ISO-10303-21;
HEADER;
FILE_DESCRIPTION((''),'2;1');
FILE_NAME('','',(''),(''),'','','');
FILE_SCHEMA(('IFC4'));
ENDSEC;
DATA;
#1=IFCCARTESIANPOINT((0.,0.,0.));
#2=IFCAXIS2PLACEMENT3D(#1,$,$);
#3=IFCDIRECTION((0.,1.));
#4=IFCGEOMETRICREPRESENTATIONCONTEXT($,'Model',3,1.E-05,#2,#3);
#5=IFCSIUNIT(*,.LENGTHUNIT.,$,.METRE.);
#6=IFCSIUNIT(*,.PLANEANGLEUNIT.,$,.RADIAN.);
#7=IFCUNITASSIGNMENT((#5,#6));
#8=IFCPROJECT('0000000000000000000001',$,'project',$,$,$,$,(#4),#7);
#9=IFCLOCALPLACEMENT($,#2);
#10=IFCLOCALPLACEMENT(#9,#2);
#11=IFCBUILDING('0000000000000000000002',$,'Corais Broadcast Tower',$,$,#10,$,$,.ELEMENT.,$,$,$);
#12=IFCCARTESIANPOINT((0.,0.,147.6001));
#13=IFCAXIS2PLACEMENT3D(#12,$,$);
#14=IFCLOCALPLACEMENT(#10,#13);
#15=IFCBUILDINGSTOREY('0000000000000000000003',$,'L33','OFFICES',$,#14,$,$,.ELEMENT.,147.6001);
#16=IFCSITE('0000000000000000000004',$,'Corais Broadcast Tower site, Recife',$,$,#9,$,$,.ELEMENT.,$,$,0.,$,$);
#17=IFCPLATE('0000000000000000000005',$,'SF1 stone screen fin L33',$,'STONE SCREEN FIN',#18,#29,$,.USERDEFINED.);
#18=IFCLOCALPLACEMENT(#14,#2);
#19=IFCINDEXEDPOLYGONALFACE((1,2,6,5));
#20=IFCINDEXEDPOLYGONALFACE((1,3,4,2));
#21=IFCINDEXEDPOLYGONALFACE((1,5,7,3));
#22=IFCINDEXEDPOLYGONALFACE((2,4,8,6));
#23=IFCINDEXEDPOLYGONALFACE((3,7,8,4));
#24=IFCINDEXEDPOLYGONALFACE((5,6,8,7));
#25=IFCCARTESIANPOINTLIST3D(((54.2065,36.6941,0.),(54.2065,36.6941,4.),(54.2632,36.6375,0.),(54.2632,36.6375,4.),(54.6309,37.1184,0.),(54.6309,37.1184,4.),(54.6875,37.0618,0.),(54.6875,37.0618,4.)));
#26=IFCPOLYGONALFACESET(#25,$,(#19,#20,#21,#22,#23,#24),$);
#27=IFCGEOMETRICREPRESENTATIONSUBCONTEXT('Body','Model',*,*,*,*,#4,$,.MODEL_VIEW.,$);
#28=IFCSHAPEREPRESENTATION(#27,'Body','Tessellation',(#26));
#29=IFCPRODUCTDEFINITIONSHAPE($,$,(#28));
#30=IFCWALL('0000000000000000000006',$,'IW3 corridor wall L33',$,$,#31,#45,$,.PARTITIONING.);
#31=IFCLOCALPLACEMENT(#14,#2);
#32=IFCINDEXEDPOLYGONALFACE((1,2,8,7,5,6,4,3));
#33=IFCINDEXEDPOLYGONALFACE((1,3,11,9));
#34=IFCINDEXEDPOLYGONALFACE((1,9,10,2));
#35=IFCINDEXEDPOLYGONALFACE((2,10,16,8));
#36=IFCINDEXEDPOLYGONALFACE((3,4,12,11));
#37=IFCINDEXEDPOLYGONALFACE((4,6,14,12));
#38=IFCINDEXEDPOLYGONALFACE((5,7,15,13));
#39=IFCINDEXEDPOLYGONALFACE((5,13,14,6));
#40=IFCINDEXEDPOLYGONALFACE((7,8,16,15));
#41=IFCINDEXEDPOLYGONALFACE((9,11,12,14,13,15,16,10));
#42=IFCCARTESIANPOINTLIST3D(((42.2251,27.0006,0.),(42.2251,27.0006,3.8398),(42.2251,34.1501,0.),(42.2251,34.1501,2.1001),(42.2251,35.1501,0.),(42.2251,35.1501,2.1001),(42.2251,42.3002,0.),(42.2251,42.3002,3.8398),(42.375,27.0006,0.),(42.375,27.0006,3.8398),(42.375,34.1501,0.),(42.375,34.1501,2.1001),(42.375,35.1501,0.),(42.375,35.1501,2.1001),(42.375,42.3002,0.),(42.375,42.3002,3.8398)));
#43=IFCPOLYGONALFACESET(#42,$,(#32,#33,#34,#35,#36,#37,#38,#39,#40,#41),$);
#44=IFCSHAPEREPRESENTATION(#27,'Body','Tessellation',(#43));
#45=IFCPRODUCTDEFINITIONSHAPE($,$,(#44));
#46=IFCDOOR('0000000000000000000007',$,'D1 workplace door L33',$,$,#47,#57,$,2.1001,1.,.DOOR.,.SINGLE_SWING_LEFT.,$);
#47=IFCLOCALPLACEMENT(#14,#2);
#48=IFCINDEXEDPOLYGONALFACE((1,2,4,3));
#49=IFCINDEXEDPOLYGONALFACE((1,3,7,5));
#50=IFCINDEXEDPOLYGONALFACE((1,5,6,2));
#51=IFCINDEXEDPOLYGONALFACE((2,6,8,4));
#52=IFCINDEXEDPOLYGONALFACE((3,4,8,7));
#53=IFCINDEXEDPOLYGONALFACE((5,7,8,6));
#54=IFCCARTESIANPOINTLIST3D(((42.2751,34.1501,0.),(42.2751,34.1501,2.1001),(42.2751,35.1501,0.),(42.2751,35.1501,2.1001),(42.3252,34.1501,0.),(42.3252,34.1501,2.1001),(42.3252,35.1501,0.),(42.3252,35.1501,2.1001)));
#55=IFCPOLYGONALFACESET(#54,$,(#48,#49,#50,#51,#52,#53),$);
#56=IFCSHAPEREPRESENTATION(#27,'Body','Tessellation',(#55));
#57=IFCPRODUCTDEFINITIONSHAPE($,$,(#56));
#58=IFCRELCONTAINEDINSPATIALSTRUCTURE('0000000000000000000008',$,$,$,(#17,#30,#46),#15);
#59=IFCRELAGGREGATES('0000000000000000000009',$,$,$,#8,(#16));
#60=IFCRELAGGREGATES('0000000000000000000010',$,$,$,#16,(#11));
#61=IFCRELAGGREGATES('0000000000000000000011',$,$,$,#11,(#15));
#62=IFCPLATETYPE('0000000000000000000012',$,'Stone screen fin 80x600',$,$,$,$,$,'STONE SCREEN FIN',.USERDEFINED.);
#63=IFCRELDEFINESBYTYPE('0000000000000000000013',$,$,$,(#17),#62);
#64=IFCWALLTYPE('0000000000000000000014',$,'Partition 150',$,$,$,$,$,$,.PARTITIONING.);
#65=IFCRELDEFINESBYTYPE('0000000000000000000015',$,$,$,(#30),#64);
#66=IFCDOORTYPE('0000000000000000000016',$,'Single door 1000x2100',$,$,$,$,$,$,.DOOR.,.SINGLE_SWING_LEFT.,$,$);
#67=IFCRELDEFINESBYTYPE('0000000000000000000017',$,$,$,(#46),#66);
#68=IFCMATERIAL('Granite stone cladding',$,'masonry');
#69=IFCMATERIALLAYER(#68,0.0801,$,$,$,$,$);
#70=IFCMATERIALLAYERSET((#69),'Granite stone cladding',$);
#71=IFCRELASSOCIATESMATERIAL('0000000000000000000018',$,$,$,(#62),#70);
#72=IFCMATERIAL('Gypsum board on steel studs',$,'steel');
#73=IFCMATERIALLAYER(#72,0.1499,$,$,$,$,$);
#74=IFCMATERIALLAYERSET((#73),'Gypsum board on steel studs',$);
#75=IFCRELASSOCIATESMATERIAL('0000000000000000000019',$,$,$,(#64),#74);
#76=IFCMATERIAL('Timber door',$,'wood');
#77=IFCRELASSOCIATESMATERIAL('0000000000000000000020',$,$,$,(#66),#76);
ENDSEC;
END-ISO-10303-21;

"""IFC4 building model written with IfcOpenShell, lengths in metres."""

from ifc_helpers import new_model, si_unit, direction, frame, frame_2d, origin, origin_2d, place, context, subcontext, project, spatial, rectangle, extrude, material, layer, layer_set, type_object, element, fill, save


model = new_model("IFC4")

# Units and contexts
model_context = context("Model", 3, precision=1e-05, world=origin(), true_north=direction((0.0, 1.0)))
body_context = subcontext(model_context, "Body", "Model", "MODEL_VIEW")
ifc_project = project(units=[si_unit("LENGTHUNIT", "METRE"), si_unit("PLANEANGLEUNIT", "RADIAN")], contexts=[model_context])

# Site, building, storey
site_placement = place(None, origin())
site = spatial("IfcSite", under=ifc_project, at=site_placement, Name="Corais Broadcast Tower site, Recife", CompositionType="ELEMENT", RefElevation=0.0)
building_placement = place(site_placement, origin())
building = spatial("IfcBuilding", under=site, at=building_placement, Name="Corais Broadcast Tower", CompositionType="ELEMENT")
storey_placement = place(building_placement, frame((0.0, 0.0, 147.6001)))
storey = spatial("IfcBuildingStorey", under=building, at=storey_placement, Name="L33", Description="OFFICES", CompositionType="ELEMENT", Elevation=147.6001)

# Plate
ifc_material_1 = material(Name="Granite stone cladding", Category="masonry")
ifc_layer_1 = layer(ifc_material_1, 0.0801)
ifc_layer_set_1 = layer_set([ifc_layer_1], Name="Granite stone cladding")
plate_type_1 = type_object("IfcPlateType", Name="Stone screen fin 80x600", ElementType="STONE SCREEN FIN", PredefinedType="USERDEFINED", material=ifc_layer_set_1)
plate_1_placement = place(storey_placement, frame((54.447, 36.8779, 0.0), z_axis=(0.0, 0.0, 1.0), x_axis=(0.707107, -0.707107, 0.0)))
element("IfcPlate", 1, at=plate_1_placement, inside=storey, type_object=plate_type_1, Name="SF1 stone screen fin L33", ObjectType="STONE SCREEN FIN", PredefinedType="USERDEFINED", context=body_context, shape_type="SweptSolid", body=[
    extrude(rectangle(XDim=0.0801, YDim=0.6001, at=origin_2d()), origin(), (0.0, 0.0, 1.0), 4.0),
])

# Wall, opening, door
ifc_material_2 = material(Name="Gypsum board on steel studs", Category="steel")
ifc_layer_2 = layer(ifc_material_2, 0.1499)
ifc_layer_set_2 = layer_set([ifc_layer_2], Name="Gypsum board on steel studs")
wall_type = type_object("IfcWallType", Name="Partition 150", PredefinedType="PARTITIONING", material=ifc_layer_set_2)
wall_placement = place(storey_placement, frame((42.3, 27.0005, 0.0), z_axis=(0.0, 0.0, 1.0), x_axis=(0.0, 1.0, 0.0)))
wall = element("IfcWall", 2, at=wall_placement, inside=storey, type_object=wall_type, Name="IW3 corridor wall L33", PredefinedType="PARTITIONING", context=body_context, shape_type="SweptSolid", body=[
    extrude(rectangle(XDim=15.2996, YDim=0.1499, at=frame_2d((7.6499, 0.0))), origin(), (0.0, 0.0, 1.0), 3.8398),
])
opening_placement = place(wall_placement, frame((7.1497, 0.0, 0.0)))
opening = element("IfcOpeningElement", 3, at=opening_placement, cuts=wall, PredefinedType="OPENING", context=body_context, shape_type="SweptSolid", body=[
    extrude(rectangle(XDim=1.0, YDim=2.1001, at=frame_2d((0.5, 1.05))), frame((0.0, 0.085, 0.0), z_axis=(0.0, -1.0, 0.0), x_axis=(1.0, 0.0, 0.0)), (0.0, 0.0, 1.0), 0.1699),
])
ifc_material_3 = material(Name="Timber door", Category="wood")
door_type = type_object("IfcDoorType", Name="Single door 1000x2100", OperationType="SINGLE_SWING_LEFT", PredefinedType="DOOR", material=ifc_material_3)
door_placement = place(opening_placement, origin())
door = element("IfcDoor", 4, at=door_placement, inside=storey, type_object=door_type, Name="D1 workplace door L33", OperationType="SINGLE_SWING_LEFT", OverallHeight=2.1001, OverallWidth=1.0, PredefinedType="DOOR", context=body_context, shape_type="SweptSolid", body=[
    extrude(rectangle(XDim=1.0, YDim=2.1001, at=frame_2d((0.5, 1.05))), frame((0.0, 0.0249, 0.0), z_axis=(0.0, -1.0, 0.0), x_axis=(1.0, 0.0, 0.0)), (0.0, 0.0, 1.0), 0.05),
])
fill(opening, door)

save(model, "model.ifc")
